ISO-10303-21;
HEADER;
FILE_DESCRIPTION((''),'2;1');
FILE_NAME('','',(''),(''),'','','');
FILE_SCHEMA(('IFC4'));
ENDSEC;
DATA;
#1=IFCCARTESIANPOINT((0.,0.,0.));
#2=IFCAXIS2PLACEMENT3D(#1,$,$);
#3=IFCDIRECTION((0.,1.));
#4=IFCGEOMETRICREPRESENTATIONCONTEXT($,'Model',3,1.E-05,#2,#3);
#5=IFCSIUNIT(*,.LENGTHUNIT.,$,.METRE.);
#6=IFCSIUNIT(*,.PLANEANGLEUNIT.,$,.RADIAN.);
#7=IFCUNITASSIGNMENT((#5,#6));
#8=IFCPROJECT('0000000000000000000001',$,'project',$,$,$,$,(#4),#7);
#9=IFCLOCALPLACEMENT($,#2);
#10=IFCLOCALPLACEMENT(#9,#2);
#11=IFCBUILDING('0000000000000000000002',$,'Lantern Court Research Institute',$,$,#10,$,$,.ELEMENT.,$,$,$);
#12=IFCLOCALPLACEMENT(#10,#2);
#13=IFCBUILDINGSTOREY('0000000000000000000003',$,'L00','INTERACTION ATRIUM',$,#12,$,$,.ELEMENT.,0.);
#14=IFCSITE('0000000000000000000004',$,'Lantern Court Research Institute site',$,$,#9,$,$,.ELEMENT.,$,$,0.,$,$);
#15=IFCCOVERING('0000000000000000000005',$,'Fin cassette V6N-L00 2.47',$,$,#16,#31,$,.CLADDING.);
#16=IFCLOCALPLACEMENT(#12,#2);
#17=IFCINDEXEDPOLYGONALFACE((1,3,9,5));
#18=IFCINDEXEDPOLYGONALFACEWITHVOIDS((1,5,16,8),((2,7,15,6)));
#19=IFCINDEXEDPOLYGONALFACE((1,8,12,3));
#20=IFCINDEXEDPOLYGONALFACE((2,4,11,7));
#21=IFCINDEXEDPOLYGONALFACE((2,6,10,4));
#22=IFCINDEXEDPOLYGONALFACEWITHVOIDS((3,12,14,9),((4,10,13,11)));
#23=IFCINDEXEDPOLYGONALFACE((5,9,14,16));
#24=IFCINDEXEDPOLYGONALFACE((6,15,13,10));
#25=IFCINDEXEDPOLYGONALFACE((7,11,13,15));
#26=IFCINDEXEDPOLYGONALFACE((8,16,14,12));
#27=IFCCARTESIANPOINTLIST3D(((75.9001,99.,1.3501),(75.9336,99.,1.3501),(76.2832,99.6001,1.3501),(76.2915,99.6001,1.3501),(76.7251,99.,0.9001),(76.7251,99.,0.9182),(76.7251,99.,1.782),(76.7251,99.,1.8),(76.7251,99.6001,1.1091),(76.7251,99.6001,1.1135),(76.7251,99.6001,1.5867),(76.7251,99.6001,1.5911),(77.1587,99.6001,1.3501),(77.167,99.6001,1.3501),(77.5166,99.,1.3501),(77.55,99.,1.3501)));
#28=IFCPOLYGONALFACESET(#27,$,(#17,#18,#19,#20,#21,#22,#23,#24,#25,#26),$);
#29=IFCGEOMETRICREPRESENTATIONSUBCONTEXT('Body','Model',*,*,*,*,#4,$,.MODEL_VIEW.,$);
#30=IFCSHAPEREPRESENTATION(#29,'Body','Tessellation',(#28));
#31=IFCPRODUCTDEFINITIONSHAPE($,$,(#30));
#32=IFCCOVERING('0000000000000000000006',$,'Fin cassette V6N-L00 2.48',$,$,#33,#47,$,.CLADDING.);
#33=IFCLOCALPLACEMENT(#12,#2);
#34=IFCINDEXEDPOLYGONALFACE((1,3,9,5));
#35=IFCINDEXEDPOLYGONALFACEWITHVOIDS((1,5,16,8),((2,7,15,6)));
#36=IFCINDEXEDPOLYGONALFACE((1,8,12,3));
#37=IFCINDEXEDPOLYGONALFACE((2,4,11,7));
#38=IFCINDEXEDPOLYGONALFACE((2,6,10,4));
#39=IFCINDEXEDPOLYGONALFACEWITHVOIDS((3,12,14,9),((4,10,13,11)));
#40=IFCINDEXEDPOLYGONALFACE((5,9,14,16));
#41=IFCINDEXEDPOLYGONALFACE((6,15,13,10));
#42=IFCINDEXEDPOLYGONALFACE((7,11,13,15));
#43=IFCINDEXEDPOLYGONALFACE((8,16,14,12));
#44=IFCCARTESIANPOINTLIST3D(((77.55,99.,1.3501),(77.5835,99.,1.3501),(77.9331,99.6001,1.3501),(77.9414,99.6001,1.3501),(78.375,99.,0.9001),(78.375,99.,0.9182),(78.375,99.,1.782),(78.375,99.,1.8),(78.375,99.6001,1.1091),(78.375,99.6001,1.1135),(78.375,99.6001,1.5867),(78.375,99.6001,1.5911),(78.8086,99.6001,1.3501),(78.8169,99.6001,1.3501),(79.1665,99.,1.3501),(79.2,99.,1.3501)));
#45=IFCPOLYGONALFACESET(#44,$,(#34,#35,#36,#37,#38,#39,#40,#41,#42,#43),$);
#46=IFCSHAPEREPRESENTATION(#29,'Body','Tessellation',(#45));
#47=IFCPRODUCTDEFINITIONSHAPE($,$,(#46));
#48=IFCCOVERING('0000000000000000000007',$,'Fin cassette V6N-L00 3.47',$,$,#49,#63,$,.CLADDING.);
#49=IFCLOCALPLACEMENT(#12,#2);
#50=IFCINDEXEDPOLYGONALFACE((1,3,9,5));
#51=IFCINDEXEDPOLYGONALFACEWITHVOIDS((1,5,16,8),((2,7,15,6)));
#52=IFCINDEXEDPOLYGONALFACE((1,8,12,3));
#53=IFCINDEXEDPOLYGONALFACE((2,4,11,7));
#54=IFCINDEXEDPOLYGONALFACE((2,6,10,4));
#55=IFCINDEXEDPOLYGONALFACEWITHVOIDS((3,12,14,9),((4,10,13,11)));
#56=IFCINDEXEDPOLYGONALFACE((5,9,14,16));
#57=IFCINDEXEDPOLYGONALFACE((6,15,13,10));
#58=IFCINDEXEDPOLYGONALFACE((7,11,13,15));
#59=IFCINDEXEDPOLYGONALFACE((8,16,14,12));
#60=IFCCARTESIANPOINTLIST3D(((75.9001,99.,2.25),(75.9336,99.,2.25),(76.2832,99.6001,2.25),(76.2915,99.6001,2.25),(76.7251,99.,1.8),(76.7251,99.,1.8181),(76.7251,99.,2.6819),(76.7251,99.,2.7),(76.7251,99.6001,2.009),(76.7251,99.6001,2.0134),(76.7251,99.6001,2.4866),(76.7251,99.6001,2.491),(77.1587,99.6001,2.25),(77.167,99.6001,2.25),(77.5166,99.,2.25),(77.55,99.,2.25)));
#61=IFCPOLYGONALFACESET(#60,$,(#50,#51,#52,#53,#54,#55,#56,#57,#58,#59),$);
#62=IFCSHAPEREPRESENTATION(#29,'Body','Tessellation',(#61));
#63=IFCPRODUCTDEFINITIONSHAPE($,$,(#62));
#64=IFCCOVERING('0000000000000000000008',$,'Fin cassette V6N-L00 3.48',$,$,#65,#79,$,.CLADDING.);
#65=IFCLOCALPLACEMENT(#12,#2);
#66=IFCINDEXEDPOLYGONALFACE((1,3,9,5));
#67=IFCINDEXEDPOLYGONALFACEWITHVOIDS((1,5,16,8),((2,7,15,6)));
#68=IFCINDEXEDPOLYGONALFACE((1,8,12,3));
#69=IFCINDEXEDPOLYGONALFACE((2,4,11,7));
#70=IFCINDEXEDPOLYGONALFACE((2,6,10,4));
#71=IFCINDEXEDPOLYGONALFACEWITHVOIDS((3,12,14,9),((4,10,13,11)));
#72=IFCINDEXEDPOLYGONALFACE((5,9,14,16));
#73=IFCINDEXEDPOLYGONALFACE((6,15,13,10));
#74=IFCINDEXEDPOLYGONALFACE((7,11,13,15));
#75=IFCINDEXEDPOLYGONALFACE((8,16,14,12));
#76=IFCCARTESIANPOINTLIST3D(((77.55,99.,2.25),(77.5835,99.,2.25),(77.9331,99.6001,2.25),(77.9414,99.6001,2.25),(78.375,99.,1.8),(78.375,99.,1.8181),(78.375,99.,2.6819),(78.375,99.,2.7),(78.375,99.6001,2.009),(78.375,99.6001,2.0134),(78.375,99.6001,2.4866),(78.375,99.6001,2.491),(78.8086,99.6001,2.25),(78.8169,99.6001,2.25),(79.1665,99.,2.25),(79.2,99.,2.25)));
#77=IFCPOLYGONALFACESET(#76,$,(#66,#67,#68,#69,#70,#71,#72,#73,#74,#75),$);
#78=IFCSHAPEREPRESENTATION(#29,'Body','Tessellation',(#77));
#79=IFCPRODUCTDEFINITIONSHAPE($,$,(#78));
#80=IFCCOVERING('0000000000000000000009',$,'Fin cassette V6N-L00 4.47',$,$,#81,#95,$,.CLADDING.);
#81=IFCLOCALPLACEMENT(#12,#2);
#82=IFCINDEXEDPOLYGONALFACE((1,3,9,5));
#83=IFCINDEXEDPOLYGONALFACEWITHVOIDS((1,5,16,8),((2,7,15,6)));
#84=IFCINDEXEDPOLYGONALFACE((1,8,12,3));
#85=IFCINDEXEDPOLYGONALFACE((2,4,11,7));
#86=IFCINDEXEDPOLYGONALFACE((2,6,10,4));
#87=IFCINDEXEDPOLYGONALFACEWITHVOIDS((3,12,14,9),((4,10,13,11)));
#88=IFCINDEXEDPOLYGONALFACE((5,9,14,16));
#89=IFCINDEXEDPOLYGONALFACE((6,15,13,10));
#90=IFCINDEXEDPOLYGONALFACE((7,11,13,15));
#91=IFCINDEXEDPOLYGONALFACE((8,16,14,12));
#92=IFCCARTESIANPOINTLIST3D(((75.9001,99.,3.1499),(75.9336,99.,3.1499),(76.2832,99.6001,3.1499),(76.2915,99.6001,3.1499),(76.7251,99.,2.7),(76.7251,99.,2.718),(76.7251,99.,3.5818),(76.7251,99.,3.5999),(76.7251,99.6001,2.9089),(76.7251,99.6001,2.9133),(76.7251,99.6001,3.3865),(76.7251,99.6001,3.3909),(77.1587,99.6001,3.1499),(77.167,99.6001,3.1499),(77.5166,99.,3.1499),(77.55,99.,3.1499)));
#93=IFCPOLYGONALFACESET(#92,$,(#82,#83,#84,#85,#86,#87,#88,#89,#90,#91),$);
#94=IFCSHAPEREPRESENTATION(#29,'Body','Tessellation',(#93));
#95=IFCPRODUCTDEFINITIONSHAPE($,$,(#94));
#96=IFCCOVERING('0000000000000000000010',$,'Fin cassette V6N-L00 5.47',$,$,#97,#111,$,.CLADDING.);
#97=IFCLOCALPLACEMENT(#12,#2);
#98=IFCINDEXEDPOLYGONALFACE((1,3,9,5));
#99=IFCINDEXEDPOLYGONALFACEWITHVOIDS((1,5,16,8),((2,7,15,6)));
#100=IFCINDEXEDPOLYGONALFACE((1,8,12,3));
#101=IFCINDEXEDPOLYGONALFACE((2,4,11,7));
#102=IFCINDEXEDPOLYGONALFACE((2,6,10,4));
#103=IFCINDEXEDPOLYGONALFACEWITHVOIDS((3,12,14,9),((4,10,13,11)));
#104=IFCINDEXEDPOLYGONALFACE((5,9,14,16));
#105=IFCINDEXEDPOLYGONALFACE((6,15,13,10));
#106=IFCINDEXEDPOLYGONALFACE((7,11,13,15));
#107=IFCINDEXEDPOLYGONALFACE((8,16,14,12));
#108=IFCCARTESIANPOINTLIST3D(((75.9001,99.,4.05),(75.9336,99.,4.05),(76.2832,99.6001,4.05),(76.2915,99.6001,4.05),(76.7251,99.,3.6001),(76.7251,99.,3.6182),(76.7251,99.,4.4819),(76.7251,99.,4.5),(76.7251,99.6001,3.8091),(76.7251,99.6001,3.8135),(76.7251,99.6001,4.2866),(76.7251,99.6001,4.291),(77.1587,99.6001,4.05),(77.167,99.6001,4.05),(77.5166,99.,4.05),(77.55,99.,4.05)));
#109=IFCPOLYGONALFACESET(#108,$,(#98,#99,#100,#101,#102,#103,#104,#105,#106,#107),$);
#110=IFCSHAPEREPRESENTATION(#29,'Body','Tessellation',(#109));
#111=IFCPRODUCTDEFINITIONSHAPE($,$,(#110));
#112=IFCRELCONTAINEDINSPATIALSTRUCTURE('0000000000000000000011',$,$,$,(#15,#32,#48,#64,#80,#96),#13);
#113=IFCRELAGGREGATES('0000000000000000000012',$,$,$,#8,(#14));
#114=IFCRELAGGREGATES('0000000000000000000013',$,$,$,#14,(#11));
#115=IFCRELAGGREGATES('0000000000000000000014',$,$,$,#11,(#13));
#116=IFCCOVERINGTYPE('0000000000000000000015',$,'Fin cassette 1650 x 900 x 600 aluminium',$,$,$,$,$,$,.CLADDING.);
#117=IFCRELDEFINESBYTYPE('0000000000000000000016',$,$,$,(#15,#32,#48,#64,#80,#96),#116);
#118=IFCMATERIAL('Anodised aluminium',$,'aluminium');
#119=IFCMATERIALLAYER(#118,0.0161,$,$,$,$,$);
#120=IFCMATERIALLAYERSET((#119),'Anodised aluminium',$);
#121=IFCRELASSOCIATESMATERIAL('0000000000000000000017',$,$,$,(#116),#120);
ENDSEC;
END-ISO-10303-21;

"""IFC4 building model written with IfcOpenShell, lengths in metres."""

from ifc_helpers import new_model, entity, si_unit, direction, frame, origin, place, context, subcontext, project, spatial, material, layer, layer_set, type_object, element, save


model = new_model("IFC4")

# Units and contexts
model_context = context("Model", 3, precision=1e-05, world=origin(), true_north=direction((0.0, 1.0)))
body_context = subcontext(model_context, "Body", "Model", "MODEL_VIEW")
ifc_project = project(units=[si_unit("LENGTHUNIT", "METRE"), si_unit("PLANEANGLEUNIT", "RADIAN")], contexts=[model_context])

# Site, building, storey
site_placement = place(None, origin())
site = spatial("IfcSite", under=ifc_project, at=site_placement, Name="Lantern Court Research Institute site", CompositionType="ELEMENT", RefElevation=0.0)
building_placement = place(site_placement, origin())
building = spatial("IfcBuilding", under=site, at=building_placement, Name="Lantern Court Research Institute", CompositionType="ELEMENT")
storey_placement = place(building_placement, origin())
storey = spatial("IfcBuildingStorey", under=building, at=storey_placement, Name="L00", Description="INTERACTION ATRIUM", CompositionType="ELEMENT", Elevation=0.0)

# Coverings
ifc_material_1 = material(Name="Anodised aluminium", Category="aluminium")
ifc_layer = layer(ifc_material_1, 0.0161)
ifc_layer_set = layer_set([ifc_layer], Name="Anodised aluminium")
covering_type = type_object("IfcCoveringType", Name="Fin cassette 1650 x 900 x 600 aluminium", PredefinedType="CLADDING", material=ifc_layer_set)
covering_1_placement = place(storey_placement, frame((76.7251, 99.0, 1.3501), z_axis=(0.0, 1.0, 0.0), x_axis=(-1.0, 0.0, 0.0)))
cartesian_point_1 = entity("IfcCartesianPoint", [0.825, 0.0])
cartesian_point_2 = entity("IfcCartesianPoint", [0.7915, 0.0])
cartesian_point_3 = entity("IfcCartesianPoint", [0.4419, 0.0])
cartesian_point_4 = entity("IfcCartesianPoint", [0.4336, 0.0])
element("IfcCovering", 1, at=covering_1_placement, inside=storey, type_object=covering_type, Name="Fin cassette V6N-L00 2.47", PredefinedType="CLADDING", context=body_context, shape_type="SweptSolid", body=[
    entity("IfcExtrudedAreaSolidTapered", entity("IfcArbitraryProfileDefWithVoids", "AREA", None, entity("IfcPolyline", [cartesian_point_1, entity("IfcCartesianPoint", [0.0, 0.45]), entity("IfcCartesianPoint", [-0.825, 0.0]), entity("IfcCartesianPoint", [0.0, -0.45]), cartesian_point_1]), [entity("IfcPolyline", [cartesian_point_2, entity("IfcCartesianPoint", [0.0, 0.4319]), entity("IfcCartesianPoint", [-0.7915, 0.0]), entity("IfcCartesianPoint", [0.0, -0.4319]), cartesian_point_2])]), entity("IfcAxis2Placement3D", entity("IfcCartesianPoint", [0.0, 0.0, 0.0])), entity("IfcDirection", [0.0, 0.0, 1.0]), 0.6001, entity("IfcArbitraryProfileDefWithVoids", "AREA", None, entity("IfcPolyline", [cartesian_point_3, entity("IfcCartesianPoint", [0.0, 0.241]), entity("IfcCartesianPoint", [-0.4419, 0.0]), entity("IfcCartesianPoint", [0.0, -0.241]), cartesian_point_3]), [entity("IfcPolyline", [cartesian_point_4, entity("IfcCartesianPoint", [0.0, 0.2366]), entity("IfcCartesianPoint", [-0.4336, 0.0]), entity("IfcCartesianPoint", [0.0, -0.2366]), cartesian_point_4])])),
])
covering_2_placement = place(storey_placement, frame((78.375, 99.0, 1.3501), z_axis=(0.0, 1.0, 0.0), x_axis=(-1.0, 0.0, 0.0)))
cartesian_point_5 = entity("IfcCartesianPoint", [0.825, 0.0])
cartesian_point_6 = entity("IfcCartesianPoint", [0.7915, 0.0])
cartesian_point_7 = entity("IfcCartesianPoint", [0.4419, 0.0])
cartesian_point_8 = entity("IfcCartesianPoint", [0.4336, 0.0])
element("IfcCovering", 2, at=covering_2_placement, inside=storey, type_object=covering_type, Name="Fin cassette V6N-L00 2.48", PredefinedType="CLADDING", context=body_context, shape_type="SweptSolid", body=[
    entity("IfcExtrudedAreaSolidTapered", entity("IfcArbitraryProfileDefWithVoids", "AREA", None, entity("IfcPolyline", [cartesian_point_5, entity("IfcCartesianPoint", [0.0, 0.45]), entity("IfcCartesianPoint", [-0.825, 0.0]), entity("IfcCartesianPoint", [0.0, -0.45]), cartesian_point_5]), [entity("IfcPolyline", [cartesian_point_6, entity("IfcCartesianPoint", [0.0, 0.4319]), entity("IfcCartesianPoint", [-0.7915, 0.0]), entity("IfcCartesianPoint", [0.0, -0.4319]), cartesian_point_6])]), entity("IfcAxis2Placement3D", entity("IfcCartesianPoint", [0.0, 0.0, 0.0])), entity("IfcDirection", [0.0, 0.0, 1.0]), 0.6001, entity("IfcArbitraryProfileDefWithVoids", "AREA", None, entity("IfcPolyline", [cartesian_point_7, entity("IfcCartesianPoint", [0.0, 0.241]), entity("IfcCartesianPoint", [-0.4419, 0.0]), entity("IfcCartesianPoint", [0.0, -0.241]), cartesian_point_7]), [entity("IfcPolyline", [cartesian_point_8, entity("IfcCartesianPoint", [0.0, 0.2366]), entity("IfcCartesianPoint", [-0.4336, 0.0]), entity("IfcCartesianPoint", [0.0, -0.2366]), cartesian_point_8])])),
])
covering_3_placement = place(storey_placement, frame((76.7251, 99.0, 2.25), z_axis=(0.0, 1.0, 0.0), x_axis=(-1.0, 0.0, 0.0)))
cartesian_point_9 = entity("IfcCartesianPoint", [0.825, 0.0])
cartesian_point_10 = entity("IfcCartesianPoint", [0.7915, 0.0])
cartesian_point_11 = entity("IfcCartesianPoint", [0.4419, 0.0])
cartesian_point_12 = entity("IfcCartesianPoint", [0.4336, 0.0])
element("IfcCovering", 3, at=covering_3_placement, inside=storey, type_object=covering_type, Name="Fin cassette V6N-L00 3.47", PredefinedType="CLADDING", context=body_context, shape_type="SweptSolid", body=[
    entity("IfcExtrudedAreaSolidTapered", entity("IfcArbitraryProfileDefWithVoids", "AREA", None, entity("IfcPolyline", [cartesian_point_9, entity("IfcCartesianPoint", [0.0, 0.45]), entity("IfcCartesianPoint", [-0.825, 0.0]), entity("IfcCartesianPoint", [0.0, -0.45]), cartesian_point_9]), [entity("IfcPolyline", [cartesian_point_10, entity("IfcCartesianPoint", [0.0, 0.4319]), entity("IfcCartesianPoint", [-0.7915, 0.0]), entity("IfcCartesianPoint", [0.0, -0.4319]), cartesian_point_10])]), entity("IfcAxis2Placement3D", entity("IfcCartesianPoint", [0.0, 0.0, 0.0])), entity("IfcDirection", [0.0, 0.0, 1.0]), 0.6001, entity("IfcArbitraryProfileDefWithVoids", "AREA", None, entity("IfcPolyline", [cartesian_point_11, entity("IfcCartesianPoint", [0.0, 0.241]), entity("IfcCartesianPoint", [-0.4419, 0.0]), entity("IfcCartesianPoint", [0.0, -0.241]), cartesian_point_11]), [entity("IfcPolyline", [cartesian_point_12, entity("IfcCartesianPoint", [0.0, 0.2366]), entity("IfcCartesianPoint", [-0.4336, 0.0]), entity("IfcCartesianPoint", [0.0, -0.2366]), cartesian_point_12])])),
])
covering_4_placement = place(storey_placement, frame((78.375, 99.0, 2.25), z_axis=(0.0, 1.0, 0.0), x_axis=(-1.0, 0.0, 0.0)))
cartesian_point_13 = entity("IfcCartesianPoint", [0.825, 0.0])
cartesian_point_14 = entity("IfcCartesianPoint", [0.7915, 0.0])
cartesian_point_15 = entity("IfcCartesianPoint", [0.4419, 0.0])
cartesian_point_16 = entity("IfcCartesianPoint", [0.4336, 0.0])
element("IfcCovering", 4, at=covering_4_placement, inside=storey, type_object=covering_type, Name="Fin cassette V6N-L00 3.48", PredefinedType="CLADDING", context=body_context, shape_type="SweptSolid", body=[
    entity("IfcExtrudedAreaSolidTapered", entity("IfcArbitraryProfileDefWithVoids", "AREA", None, entity("IfcPolyline", [cartesian_point_13, entity("IfcCartesianPoint", [0.0, 0.45]), entity("IfcCartesianPoint", [-0.825, 0.0]), entity("IfcCartesianPoint", [0.0, -0.45]), cartesian_point_13]), [entity("IfcPolyline", [cartesian_point_14, entity("IfcCartesianPoint", [0.0, 0.4319]), entity("IfcCartesianPoint", [-0.7915, 0.0]), entity("IfcCartesianPoint", [0.0, -0.4319]), cartesian_point_14])]), entity("IfcAxis2Placement3D", entity("IfcCartesianPoint", [0.0, 0.0, 0.0])), entity("IfcDirection", [0.0, 0.0, 1.0]), 0.6001, entity("IfcArbitraryProfileDefWithVoids", "AREA", None, entity("IfcPolyline", [cartesian_point_15, entity("IfcCartesianPoint", [0.0, 0.241]), entity("IfcCartesianPoint", [-0.4419, 0.0]), entity("IfcCartesianPoint", [0.0, -0.241]), cartesian_point_15]), [entity("IfcPolyline", [cartesian_point_16, entity("IfcCartesianPoint", [0.0, 0.2366]), entity("IfcCartesianPoint", [-0.4336, 0.0]), entity("IfcCartesianPoint", [0.0, -0.2366]), cartesian_point_16])])),
])
covering_5_placement = place(storey_placement, frame((76.7251, 99.0, 3.1499), z_axis=(0.0, 1.0, 0.0), x_axis=(-1.0, 0.0, 0.0)))
cartesian_point_17 = entity("IfcCartesianPoint", [0.825, 0.0])
cartesian_point_18 = entity("IfcCartesianPoint", [0.7915, 0.0])
cartesian_point_19 = entity("IfcCartesianPoint", [0.4419, 0.0])
cartesian_point_20 = entity("IfcCartesianPoint", [0.4336, 0.0])
element("IfcCovering", 5, at=covering_5_placement, inside=storey, type_object=covering_type, Name="Fin cassette V6N-L00 4.47", PredefinedType="CLADDING", context=body_context, shape_type="SweptSolid", body=[
    entity("IfcExtrudedAreaSolidTapered", entity("IfcArbitraryProfileDefWithVoids", "AREA", None, entity("IfcPolyline", [cartesian_point_17, entity("IfcCartesianPoint", [0.0, 0.45]), entity("IfcCartesianPoint", [-0.825, 0.0]), entity("IfcCartesianPoint", [0.0, -0.45]), cartesian_point_17]), [entity("IfcPolyline", [cartesian_point_18, entity("IfcCartesianPoint", [0.0, 0.4319]), entity("IfcCartesianPoint", [-0.7915, 0.0]), entity("IfcCartesianPoint", [0.0, -0.4319]), cartesian_point_18])]), entity("IfcAxis2Placement3D", entity("IfcCartesianPoint", [0.0, 0.0, 0.0])), entity("IfcDirection", [0.0, 0.0, 1.0]), 0.6001, entity("IfcArbitraryProfileDefWithVoids", "AREA", None, entity("IfcPolyline", [cartesian_point_19, entity("IfcCartesianPoint", [0.0, 0.241]), entity("IfcCartesianPoint", [-0.4419, 0.0]), entity("IfcCartesianPoint", [0.0, -0.241]), cartesian_point_19]), [entity("IfcPolyline", [cartesian_point_20, entity("IfcCartesianPoint", [0.0, 0.2366]), entity("IfcCartesianPoint", [-0.4336, 0.0]), entity("IfcCartesianPoint", [0.0, -0.2366]), cartesian_point_20])])),
])
covering_6_placement = place(storey_placement, frame((76.7251, 99.0, 4.05), z_axis=(0.0, 1.0, 0.0), x_axis=(-1.0, 0.0, 0.0)))
cartesian_point_21 = entity("IfcCartesianPoint", [0.825, 0.0])
cartesian_point_22 = entity("IfcCartesianPoint", [0.7915, 0.0])
cartesian_point_23 = entity("IfcCartesianPoint", [0.4419, 0.0])
cartesian_point_24 = entity("IfcCartesianPoint", [0.4336, 0.0])
element("IfcCovering", 6, at=covering_6_placement, inside=storey, type_object=covering_type, Name="Fin cassette V6N-L00 5.47", PredefinedType="CLADDING", context=body_context, shape_type="SweptSolid", body=[
    entity("IfcExtrudedAreaSolidTapered", entity("IfcArbitraryProfileDefWithVoids", "AREA", None, entity("IfcPolyline", [cartesian_point_21, entity("IfcCartesianPoint", [0.0, 0.45]), entity("IfcCartesianPoint", [-0.825, 0.0]), entity("IfcCartesianPoint", [0.0, -0.45]), cartesian_point_21]), [entity("IfcPolyline", [cartesian_point_22, entity("IfcCartesianPoint", [0.0, 0.4319]), entity("IfcCartesianPoint", [-0.7915, 0.0]), entity("IfcCartesianPoint", [0.0, -0.4319]), cartesian_point_22])]), entity("IfcAxis2Placement3D", entity("IfcCartesianPoint", [0.0, 0.0, 0.0])), entity("IfcDirection", [0.0, 0.0, 1.0]), 0.6001, entity("IfcArbitraryProfileDefWithVoids", "AREA", None, entity("IfcPolyline", [cartesian_point_23, entity("IfcCartesianPoint", [0.0, 0.241]), entity("IfcCartesianPoint", [-0.4419, 0.0]), entity("IfcCartesianPoint", [0.0, -0.241]), cartesian_point_23]), [entity("IfcPolyline", [cartesian_point_24, entity("IfcCartesianPoint", [0.0, 0.2366]), entity("IfcCartesianPoint", [-0.4336, 0.0]), entity("IfcCartesianPoint", [0.0, -0.2366]), cartesian_point_24])])),
])

save(model, "model.ifc")
